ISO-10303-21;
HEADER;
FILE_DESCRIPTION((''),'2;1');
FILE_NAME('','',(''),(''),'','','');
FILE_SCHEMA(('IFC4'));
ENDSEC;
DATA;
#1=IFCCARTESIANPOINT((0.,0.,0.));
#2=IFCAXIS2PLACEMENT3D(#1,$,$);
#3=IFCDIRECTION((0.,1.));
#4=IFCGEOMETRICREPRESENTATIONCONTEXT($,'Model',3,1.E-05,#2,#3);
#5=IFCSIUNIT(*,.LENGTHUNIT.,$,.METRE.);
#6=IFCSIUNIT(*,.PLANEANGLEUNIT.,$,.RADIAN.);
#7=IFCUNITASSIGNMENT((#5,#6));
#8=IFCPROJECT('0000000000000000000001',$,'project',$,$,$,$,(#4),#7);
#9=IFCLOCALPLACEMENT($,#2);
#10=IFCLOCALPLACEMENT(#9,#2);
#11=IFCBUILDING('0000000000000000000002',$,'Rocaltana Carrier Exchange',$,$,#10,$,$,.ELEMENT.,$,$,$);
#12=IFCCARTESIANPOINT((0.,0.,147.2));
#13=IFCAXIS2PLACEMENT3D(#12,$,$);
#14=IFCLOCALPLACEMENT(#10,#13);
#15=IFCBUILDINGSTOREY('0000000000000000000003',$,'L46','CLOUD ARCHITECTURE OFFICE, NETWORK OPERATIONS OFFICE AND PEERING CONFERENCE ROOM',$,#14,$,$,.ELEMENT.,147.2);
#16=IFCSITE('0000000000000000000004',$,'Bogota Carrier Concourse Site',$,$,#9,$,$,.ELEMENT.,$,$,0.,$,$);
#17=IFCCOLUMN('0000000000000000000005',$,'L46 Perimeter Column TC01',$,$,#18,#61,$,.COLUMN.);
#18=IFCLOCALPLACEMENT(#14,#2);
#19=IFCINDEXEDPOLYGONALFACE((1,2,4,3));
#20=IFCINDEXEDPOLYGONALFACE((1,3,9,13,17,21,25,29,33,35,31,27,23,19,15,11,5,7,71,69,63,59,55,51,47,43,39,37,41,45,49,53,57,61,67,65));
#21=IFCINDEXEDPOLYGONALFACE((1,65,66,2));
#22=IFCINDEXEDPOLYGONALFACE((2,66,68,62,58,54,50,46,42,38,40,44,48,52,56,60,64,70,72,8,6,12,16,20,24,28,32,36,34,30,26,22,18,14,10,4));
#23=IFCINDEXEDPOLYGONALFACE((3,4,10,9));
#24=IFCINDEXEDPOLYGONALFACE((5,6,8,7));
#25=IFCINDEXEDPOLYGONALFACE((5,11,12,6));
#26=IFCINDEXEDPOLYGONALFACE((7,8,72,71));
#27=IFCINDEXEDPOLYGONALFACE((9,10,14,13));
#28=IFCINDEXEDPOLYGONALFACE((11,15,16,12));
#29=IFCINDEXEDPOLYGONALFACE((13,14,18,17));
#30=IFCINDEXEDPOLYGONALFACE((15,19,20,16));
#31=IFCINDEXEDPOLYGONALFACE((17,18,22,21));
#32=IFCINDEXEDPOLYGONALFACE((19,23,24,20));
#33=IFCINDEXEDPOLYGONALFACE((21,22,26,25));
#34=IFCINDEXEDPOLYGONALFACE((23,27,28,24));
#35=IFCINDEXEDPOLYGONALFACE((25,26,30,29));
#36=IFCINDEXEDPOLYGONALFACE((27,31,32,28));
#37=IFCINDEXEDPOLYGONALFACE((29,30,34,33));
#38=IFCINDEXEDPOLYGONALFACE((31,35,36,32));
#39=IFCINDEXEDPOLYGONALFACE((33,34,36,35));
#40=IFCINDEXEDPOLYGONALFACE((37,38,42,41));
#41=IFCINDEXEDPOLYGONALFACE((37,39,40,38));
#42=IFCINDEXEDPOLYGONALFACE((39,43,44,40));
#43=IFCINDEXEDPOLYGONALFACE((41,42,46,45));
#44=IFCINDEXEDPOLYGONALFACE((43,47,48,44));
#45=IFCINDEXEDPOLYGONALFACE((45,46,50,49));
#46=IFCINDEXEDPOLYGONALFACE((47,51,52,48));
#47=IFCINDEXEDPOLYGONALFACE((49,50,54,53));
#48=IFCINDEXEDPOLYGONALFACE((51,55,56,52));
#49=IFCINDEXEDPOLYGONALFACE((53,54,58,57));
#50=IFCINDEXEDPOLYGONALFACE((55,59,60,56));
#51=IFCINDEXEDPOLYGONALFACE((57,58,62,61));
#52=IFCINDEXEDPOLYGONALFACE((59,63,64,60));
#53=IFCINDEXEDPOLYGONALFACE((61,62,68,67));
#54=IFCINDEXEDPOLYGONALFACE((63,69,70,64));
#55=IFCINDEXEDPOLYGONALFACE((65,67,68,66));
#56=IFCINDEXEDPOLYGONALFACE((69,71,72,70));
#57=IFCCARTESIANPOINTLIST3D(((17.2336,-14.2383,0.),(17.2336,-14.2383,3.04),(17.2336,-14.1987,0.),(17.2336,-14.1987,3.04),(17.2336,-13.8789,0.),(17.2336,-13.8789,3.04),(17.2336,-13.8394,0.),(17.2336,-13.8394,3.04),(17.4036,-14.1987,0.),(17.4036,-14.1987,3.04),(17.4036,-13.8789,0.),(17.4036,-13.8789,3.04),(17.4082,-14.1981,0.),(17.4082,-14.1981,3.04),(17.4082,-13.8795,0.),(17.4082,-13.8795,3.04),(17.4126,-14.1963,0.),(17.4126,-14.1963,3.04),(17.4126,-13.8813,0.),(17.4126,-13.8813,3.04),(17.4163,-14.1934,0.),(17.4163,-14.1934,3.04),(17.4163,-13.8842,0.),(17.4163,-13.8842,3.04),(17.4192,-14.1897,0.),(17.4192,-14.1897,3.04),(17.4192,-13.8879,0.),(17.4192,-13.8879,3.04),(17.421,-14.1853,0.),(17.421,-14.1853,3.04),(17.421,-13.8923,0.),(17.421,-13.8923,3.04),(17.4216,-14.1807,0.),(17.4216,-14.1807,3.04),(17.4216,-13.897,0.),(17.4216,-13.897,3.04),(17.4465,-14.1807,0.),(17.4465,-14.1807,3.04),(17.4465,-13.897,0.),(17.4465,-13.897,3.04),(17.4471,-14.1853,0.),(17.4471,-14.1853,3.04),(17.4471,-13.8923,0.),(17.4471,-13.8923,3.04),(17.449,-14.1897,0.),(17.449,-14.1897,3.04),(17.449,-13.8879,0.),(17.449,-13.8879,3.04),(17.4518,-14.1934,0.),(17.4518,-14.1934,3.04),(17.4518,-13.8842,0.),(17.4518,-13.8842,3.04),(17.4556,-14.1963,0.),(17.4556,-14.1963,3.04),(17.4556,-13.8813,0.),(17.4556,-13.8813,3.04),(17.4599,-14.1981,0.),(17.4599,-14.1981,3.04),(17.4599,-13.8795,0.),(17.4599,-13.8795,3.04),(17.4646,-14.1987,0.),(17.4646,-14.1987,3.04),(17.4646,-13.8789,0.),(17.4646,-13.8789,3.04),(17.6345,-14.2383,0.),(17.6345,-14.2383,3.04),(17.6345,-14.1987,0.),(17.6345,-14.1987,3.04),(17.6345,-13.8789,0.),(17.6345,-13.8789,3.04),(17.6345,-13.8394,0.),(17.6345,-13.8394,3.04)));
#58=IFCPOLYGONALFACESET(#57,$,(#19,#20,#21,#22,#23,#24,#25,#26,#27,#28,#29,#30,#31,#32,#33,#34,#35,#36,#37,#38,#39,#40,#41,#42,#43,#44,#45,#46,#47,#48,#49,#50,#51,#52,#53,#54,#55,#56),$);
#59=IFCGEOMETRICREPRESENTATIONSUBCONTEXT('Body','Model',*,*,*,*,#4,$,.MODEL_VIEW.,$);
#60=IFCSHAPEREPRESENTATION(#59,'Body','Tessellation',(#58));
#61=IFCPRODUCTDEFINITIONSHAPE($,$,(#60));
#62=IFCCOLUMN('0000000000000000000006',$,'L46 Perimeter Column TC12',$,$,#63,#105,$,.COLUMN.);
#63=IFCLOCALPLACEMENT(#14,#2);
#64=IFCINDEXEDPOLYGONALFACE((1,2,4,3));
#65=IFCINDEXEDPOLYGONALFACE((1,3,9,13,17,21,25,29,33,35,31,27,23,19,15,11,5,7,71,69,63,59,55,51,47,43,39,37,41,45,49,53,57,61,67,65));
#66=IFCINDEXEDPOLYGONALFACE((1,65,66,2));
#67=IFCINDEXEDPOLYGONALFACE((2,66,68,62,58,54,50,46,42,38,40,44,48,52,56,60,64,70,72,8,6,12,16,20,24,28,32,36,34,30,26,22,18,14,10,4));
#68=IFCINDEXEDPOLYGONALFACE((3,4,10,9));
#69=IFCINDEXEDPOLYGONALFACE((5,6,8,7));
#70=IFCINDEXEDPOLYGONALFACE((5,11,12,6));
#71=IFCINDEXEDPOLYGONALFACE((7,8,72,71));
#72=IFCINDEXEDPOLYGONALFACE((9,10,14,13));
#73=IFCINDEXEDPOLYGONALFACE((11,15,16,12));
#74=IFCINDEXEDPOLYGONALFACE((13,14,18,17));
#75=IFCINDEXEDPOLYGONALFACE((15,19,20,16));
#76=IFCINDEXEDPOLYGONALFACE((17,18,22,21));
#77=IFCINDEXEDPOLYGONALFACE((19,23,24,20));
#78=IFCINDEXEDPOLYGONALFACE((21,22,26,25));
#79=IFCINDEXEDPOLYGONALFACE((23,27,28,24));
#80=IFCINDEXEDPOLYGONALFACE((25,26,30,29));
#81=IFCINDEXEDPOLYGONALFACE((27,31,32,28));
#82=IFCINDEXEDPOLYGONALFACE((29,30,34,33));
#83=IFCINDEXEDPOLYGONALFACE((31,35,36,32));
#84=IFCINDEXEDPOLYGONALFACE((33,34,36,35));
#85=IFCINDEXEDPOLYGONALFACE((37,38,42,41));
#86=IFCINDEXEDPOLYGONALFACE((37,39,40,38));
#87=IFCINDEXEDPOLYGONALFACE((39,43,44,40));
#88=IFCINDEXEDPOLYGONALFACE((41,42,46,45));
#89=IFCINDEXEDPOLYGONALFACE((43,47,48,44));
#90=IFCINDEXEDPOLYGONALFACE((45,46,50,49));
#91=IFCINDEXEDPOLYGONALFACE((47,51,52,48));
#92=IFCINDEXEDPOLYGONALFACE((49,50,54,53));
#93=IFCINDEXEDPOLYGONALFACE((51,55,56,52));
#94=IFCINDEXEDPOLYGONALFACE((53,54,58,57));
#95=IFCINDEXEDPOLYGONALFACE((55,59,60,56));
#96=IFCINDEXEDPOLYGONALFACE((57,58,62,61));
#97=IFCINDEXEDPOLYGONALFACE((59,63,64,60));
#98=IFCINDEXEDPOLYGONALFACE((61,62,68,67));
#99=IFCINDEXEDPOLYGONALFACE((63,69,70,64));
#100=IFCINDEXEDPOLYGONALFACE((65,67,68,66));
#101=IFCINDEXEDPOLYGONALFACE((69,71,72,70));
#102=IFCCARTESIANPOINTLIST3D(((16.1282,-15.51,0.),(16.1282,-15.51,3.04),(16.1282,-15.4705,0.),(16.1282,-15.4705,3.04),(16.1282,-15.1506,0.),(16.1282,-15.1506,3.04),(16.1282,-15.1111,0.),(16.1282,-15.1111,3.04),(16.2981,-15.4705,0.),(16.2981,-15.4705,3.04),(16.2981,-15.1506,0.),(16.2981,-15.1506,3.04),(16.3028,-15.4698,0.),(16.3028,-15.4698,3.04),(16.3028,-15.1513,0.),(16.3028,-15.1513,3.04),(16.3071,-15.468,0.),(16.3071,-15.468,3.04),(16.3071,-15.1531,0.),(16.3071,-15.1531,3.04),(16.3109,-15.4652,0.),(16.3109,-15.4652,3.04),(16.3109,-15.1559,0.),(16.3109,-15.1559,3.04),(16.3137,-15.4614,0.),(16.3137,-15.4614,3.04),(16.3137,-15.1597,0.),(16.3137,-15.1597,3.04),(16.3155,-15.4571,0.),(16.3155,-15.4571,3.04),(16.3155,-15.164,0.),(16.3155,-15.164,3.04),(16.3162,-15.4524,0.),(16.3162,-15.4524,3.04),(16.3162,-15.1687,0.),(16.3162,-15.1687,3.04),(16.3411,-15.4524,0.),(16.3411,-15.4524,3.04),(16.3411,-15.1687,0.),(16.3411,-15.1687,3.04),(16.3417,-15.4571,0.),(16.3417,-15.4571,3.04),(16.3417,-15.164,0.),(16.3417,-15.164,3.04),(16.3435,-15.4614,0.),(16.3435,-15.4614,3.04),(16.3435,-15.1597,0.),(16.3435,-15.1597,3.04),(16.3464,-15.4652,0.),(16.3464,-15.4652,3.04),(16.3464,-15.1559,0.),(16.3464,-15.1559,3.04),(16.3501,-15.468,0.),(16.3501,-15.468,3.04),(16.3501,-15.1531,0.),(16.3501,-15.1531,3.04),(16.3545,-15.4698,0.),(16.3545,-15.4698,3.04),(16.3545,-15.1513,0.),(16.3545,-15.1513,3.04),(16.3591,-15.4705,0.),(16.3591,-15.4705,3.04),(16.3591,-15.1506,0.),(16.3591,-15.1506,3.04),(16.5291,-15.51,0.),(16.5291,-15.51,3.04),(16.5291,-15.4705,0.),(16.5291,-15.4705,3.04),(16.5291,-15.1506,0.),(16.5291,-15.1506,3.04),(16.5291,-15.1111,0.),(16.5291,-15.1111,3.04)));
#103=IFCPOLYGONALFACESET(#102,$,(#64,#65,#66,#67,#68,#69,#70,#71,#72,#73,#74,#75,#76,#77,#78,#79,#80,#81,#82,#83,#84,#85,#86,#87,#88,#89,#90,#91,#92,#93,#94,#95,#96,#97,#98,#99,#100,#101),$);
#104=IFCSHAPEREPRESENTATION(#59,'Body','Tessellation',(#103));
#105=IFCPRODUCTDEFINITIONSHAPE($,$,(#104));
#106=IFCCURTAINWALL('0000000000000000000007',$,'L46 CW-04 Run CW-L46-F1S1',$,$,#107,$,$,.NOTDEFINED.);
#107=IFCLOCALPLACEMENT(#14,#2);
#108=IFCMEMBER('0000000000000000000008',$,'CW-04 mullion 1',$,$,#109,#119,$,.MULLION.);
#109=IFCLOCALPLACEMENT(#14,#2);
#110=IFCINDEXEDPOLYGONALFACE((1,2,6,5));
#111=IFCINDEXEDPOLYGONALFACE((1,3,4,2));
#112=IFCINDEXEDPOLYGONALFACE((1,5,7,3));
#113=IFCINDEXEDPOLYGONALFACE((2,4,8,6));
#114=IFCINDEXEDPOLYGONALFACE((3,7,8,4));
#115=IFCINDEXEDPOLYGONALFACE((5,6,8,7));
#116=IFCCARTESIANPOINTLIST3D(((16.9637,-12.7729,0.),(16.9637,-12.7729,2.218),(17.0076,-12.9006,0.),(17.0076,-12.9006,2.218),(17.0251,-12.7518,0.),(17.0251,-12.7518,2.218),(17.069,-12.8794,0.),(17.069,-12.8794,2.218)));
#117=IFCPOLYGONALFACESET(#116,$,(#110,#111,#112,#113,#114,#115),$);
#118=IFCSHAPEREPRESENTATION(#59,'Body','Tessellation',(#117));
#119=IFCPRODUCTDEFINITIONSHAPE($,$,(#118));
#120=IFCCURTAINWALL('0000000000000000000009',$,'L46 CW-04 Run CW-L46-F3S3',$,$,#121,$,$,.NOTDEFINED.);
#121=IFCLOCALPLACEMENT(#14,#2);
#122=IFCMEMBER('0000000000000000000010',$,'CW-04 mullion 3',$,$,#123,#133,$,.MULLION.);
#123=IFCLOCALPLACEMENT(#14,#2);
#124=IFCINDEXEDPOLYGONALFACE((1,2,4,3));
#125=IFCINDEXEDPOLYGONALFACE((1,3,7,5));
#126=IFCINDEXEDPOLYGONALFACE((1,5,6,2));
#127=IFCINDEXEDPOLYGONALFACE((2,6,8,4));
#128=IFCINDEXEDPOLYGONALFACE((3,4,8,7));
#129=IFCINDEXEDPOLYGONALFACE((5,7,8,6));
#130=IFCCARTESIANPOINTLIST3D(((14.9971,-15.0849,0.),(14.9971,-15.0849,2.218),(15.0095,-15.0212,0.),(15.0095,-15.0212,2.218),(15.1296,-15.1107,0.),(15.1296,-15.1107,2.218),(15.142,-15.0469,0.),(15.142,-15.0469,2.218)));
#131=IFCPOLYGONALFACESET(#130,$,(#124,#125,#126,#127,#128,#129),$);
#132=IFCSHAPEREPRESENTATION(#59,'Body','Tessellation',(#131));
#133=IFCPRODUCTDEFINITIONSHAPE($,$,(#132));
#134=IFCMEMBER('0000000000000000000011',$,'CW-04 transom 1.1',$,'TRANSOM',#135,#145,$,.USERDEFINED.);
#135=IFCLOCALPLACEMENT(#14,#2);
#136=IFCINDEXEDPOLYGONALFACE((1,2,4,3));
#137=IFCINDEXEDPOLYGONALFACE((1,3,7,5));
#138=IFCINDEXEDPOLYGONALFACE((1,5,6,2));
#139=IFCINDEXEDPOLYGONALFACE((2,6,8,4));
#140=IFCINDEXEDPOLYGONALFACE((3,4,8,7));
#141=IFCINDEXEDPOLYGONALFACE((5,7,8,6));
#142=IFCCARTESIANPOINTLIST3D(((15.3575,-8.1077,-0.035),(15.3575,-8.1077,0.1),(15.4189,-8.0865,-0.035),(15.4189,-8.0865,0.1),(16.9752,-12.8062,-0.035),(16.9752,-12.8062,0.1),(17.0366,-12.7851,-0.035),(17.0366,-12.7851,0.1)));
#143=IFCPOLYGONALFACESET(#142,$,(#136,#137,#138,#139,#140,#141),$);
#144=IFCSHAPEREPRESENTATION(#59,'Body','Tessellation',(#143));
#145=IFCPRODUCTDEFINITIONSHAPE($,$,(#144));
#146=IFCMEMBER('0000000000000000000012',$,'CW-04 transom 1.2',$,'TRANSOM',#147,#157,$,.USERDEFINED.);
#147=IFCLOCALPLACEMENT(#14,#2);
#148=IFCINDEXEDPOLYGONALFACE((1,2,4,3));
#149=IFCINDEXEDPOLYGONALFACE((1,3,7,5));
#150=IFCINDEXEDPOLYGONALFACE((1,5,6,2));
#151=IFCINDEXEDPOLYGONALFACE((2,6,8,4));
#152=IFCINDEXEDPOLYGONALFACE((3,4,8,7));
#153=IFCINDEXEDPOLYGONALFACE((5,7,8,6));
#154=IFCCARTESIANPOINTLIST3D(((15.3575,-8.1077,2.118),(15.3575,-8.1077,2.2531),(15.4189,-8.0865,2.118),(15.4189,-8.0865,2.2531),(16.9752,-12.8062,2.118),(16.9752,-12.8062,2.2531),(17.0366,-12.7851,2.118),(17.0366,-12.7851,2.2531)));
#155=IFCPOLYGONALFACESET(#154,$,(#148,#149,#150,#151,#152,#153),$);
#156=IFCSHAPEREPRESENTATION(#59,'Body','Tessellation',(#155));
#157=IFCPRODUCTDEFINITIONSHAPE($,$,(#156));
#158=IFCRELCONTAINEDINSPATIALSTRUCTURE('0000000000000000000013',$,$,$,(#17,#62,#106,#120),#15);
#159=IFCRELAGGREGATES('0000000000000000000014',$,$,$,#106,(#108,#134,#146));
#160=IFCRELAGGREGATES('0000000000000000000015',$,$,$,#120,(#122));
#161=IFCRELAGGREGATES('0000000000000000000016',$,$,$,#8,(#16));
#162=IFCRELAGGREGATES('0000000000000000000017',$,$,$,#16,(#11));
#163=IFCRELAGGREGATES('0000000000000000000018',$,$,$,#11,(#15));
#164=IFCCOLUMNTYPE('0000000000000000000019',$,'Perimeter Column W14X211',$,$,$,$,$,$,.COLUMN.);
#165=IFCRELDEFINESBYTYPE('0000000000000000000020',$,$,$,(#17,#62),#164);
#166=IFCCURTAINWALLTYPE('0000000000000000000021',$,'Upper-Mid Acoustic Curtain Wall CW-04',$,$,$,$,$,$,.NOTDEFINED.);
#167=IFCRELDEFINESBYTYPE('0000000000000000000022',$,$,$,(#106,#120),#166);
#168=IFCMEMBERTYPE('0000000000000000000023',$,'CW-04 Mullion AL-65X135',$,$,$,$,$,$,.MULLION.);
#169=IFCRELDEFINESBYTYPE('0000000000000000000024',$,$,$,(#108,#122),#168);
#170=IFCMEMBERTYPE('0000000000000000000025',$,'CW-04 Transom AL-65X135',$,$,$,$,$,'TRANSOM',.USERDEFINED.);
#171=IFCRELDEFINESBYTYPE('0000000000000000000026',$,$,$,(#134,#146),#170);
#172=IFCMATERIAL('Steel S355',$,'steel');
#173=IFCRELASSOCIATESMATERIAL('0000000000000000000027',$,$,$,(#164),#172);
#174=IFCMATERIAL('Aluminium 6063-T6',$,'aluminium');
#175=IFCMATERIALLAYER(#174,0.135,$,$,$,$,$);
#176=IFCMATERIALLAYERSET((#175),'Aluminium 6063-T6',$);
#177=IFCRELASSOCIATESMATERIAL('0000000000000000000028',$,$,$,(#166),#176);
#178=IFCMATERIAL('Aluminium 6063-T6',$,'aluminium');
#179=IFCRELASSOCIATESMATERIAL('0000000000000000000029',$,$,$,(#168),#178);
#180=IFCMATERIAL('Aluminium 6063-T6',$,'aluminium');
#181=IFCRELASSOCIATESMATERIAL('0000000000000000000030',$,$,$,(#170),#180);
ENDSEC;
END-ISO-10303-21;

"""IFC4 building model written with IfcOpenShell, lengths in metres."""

from ifc_helpers import new_model, si_unit, direction, frame, origin, origin_2d, place, context, subcontext, project, spatial, rectangle, i_section, extrude, material, layer, layer_set, material_profile, profile_set, type_object, element, aggregate, save


model = new_model("IFC4")

# Units and contexts
model_context = context("Model", 3, precision=1e-05, world=origin(), true_north=direction((0.0, 1.0)))
body_context = subcontext(model_context, "Body", "Model", "MODEL_VIEW")
ifc_project = project(units=[si_unit("LENGTHUNIT", "METRE"), si_unit("PLANEANGLEUNIT", "RADIAN")], contexts=[model_context])

# Site, building, storey
site_placement = place(None, origin())
site = spatial("IfcSite", under=ifc_project, at=site_placement, Name="Bogota Carrier Concourse Site", CompositionType="ELEMENT", RefElevation=0.0)
building_placement = place(site_placement, origin())
building = spatial("IfcBuilding", under=site, at=building_placement, Name="Rocaltana Carrier Exchange", CompositionType="ELEMENT")
storey_placement = place(building_placement, frame((0.0, 0.0, 147.2)))
storey = spatial("IfcBuildingStorey", under=building, at=storey_placement, Name="L46", Description="CLOUD ARCHITECTURE OFFICE, NETWORK OPERATIONS OFFICE AND PEERING CONFERENCE ROOM", CompositionType="ELEMENT", Elevation=147.2)

# Columns
ifc_material_1 = material(Name="Steel S355", Category="steel")
ifc_material_profile_1 = material_profile(ifc_material_1, i_section(OverallWidth=0.4009, OverallDepth=0.3989, WebThickness=0.0249, FlangeThickness=0.0396, FilletRadius=0.0181, at=origin_2d()), Name="W14X211")
ifc_profile_set_1 = profile_set([ifc_material_profile_1], Name="Steel S355")
column_type = type_object("IfcColumnType", Name="Perimeter Column W14X211", PredefinedType="COLUMN", material=ifc_profile_set_1)
for number, where, z_axis, x_axis, name in (
    (1, (17.4341, -14.0388, 0.0), (0.0, 0.0, 1.0), (1.0, 0.0, 0.0), "L46 Perimeter Column TC01"),
    (2, (16.3286, -15.3105, 0.0), (0.0, 0.0, 1.0), (1.0, 0.0, 0.0), "L46 Perimeter Column TC12"),
):
    element("IfcColumn", number, at=place(storey_placement, frame(where, z_axis=z_axis, x_axis=x_axis)), inside=storey, type_object=column_type, Name=name, PredefinedType="COLUMN", context=body_context, shape_type="SweptSolid", body=[
        extrude(i_section(OverallWidth=0.4009, OverallDepth=0.3989, WebThickness=0.0249, FlangeThickness=0.0396, FilletRadius=0.0181, at=origin_2d()), origin(), (0.0, 0.0, 1.0), 3.04),
    ])

# Curtain walls, members
ifc_material_2 = material(Name="Aluminium 6063-T6", Category="aluminium")
ifc_layer_1 = layer(ifc_material_2, 0.135)
ifc_layer_set_1 = layer_set([ifc_layer_1], Name="Aluminium 6063-T6")
curtain_wall_type = type_object("IfcCurtainWallType", Name="Upper-Mid Acoustic Curtain Wall CW-04", PredefinedType="NOTDEFINED", material=ifc_layer_set_1)
curtain_wall_1_placement = place(storey_placement, origin())
curtain_wall_1 = element("IfcCurtainWall", 3, at=curtain_wall_1_placement, inside=storey, type_object=curtain_wall_type, Name="L46 CW-04 Run CW-L46-F1S1", PredefinedType="NOTDEFINED")
ifc_material_3 = material(Name="Aluminium 6063-T6", Category="aluminium")
ifc_material_profile_2 = material_profile(ifc_material_3, rectangle(XDim=0.0649, YDim=0.135, at=origin_2d()), Name="AL-65X135")
ifc_profile_set_2 = profile_set([ifc_material_profile_2], Name="Aluminium 6063-T6")
member_type_1 = type_object("IfcMemberType", Name="CW-04 Mullion AL-65X135", PredefinedType="MULLION", material=ifc_profile_set_2)
member_1_placement = place(storey_placement, frame((17.0164, -12.8262, 0.0), z_axis=(0.0, 0.0, 1.0), x_axis=(-0.945522, -0.325559, 0.0)))
member_1 = element("IfcMember", 4, at=member_1_placement, type_object=member_type_1, Name="CW-04 mullion 1", PredefinedType="MULLION", context=body_context, shape_type="SweptSolid", body=[
    extrude(rectangle(XDim=0.0649, YDim=0.135, at=origin_2d()), origin(), (0.0, 0.0, 1.0), 2.218),
])
curtain_wall_2_placement = place(storey_placement, origin())
curtain_wall_2 = element("IfcCurtainWall", 5, at=curtain_wall_2_placement, inside=storey, type_object=curtain_wall_type, Name="L46 CW-04 Run CW-L46-F3S3", PredefinedType="NOTDEFINED")
member_2_placement = place(storey_placement, frame((15.0696, -15.0659, 0.0), z_axis=(0.0, 0.0, 1.0), x_axis=(0.190805, 0.981628, 0.0)))
member_2 = element("IfcMember", 6, at=member_2_placement, type_object=member_type_1, Name="CW-04 mullion 3", PredefinedType="MULLION", context=body_context, shape_type="SweptSolid", body=[
    extrude(rectangle(XDim=0.0649, YDim=0.135, at=origin_2d()), origin(), (0.0, 0.0, 1.0), 2.218),
])

# Members
ifc_material_4 = material(Name="Aluminium 6063-T6", Category="aluminium")
ifc_material_profile_3 = material_profile(ifc_material_4, rectangle(XDim=0.0649, YDim=0.135, at=origin_2d()), Name="AL-65X135")
ifc_profile_set_3 = profile_set([ifc_material_profile_3], Name="Aluminium 6063-T6")
member_type_2 = type_object("IfcMemberType", Name="CW-04 Transom AL-65X135", ElementType="TRANSOM", PredefinedType="USERDEFINED", material=ifc_profile_set_3)
member_3_placement = place(storey_placement, frame((17.0059, -12.7957, 0.0325), z_axis=(-0.325542, 0.945527, 0.0), x_axis=(-0.945527, -0.325542, 0.0)))
member_3 = element("IfcMember", 7, at=member_3_placement, type_object=member_type_2, Name="CW-04 transom 1.1", ObjectType="TRANSOM", PredefinedType="USERDEFINED", context=body_context, shape_type="SweptSolid", body=[
    extrude(rectangle(XDim=0.0649, YDim=0.135, at=origin_2d()), origin(), (0.0, 0.0, 1.0), 4.9692),
])
member_4_placement = place(storey_placement, frame((17.0059, -12.7957, 2.1855), z_axis=(-0.325542, 0.945527, 0.0), x_axis=(-0.945527, -0.325542, 0.0)))
member_4 = element("IfcMember", 8, at=member_4_placement, type_object=member_type_2, Name="CW-04 transom 1.2", ObjectType="TRANSOM", PredefinedType="USERDEFINED", context=body_context, shape_type="SweptSolid", body=[
    extrude(rectangle(XDim=0.0649, YDim=0.135, at=origin_2d()), origin(), (0.0, 0.0, 1.0), 4.9692),
])

aggregate(curtain_wall_1, [member_1, member_3, member_4])
aggregate(curtain_wall_2, [member_2])

save(model, "model.ifc")
